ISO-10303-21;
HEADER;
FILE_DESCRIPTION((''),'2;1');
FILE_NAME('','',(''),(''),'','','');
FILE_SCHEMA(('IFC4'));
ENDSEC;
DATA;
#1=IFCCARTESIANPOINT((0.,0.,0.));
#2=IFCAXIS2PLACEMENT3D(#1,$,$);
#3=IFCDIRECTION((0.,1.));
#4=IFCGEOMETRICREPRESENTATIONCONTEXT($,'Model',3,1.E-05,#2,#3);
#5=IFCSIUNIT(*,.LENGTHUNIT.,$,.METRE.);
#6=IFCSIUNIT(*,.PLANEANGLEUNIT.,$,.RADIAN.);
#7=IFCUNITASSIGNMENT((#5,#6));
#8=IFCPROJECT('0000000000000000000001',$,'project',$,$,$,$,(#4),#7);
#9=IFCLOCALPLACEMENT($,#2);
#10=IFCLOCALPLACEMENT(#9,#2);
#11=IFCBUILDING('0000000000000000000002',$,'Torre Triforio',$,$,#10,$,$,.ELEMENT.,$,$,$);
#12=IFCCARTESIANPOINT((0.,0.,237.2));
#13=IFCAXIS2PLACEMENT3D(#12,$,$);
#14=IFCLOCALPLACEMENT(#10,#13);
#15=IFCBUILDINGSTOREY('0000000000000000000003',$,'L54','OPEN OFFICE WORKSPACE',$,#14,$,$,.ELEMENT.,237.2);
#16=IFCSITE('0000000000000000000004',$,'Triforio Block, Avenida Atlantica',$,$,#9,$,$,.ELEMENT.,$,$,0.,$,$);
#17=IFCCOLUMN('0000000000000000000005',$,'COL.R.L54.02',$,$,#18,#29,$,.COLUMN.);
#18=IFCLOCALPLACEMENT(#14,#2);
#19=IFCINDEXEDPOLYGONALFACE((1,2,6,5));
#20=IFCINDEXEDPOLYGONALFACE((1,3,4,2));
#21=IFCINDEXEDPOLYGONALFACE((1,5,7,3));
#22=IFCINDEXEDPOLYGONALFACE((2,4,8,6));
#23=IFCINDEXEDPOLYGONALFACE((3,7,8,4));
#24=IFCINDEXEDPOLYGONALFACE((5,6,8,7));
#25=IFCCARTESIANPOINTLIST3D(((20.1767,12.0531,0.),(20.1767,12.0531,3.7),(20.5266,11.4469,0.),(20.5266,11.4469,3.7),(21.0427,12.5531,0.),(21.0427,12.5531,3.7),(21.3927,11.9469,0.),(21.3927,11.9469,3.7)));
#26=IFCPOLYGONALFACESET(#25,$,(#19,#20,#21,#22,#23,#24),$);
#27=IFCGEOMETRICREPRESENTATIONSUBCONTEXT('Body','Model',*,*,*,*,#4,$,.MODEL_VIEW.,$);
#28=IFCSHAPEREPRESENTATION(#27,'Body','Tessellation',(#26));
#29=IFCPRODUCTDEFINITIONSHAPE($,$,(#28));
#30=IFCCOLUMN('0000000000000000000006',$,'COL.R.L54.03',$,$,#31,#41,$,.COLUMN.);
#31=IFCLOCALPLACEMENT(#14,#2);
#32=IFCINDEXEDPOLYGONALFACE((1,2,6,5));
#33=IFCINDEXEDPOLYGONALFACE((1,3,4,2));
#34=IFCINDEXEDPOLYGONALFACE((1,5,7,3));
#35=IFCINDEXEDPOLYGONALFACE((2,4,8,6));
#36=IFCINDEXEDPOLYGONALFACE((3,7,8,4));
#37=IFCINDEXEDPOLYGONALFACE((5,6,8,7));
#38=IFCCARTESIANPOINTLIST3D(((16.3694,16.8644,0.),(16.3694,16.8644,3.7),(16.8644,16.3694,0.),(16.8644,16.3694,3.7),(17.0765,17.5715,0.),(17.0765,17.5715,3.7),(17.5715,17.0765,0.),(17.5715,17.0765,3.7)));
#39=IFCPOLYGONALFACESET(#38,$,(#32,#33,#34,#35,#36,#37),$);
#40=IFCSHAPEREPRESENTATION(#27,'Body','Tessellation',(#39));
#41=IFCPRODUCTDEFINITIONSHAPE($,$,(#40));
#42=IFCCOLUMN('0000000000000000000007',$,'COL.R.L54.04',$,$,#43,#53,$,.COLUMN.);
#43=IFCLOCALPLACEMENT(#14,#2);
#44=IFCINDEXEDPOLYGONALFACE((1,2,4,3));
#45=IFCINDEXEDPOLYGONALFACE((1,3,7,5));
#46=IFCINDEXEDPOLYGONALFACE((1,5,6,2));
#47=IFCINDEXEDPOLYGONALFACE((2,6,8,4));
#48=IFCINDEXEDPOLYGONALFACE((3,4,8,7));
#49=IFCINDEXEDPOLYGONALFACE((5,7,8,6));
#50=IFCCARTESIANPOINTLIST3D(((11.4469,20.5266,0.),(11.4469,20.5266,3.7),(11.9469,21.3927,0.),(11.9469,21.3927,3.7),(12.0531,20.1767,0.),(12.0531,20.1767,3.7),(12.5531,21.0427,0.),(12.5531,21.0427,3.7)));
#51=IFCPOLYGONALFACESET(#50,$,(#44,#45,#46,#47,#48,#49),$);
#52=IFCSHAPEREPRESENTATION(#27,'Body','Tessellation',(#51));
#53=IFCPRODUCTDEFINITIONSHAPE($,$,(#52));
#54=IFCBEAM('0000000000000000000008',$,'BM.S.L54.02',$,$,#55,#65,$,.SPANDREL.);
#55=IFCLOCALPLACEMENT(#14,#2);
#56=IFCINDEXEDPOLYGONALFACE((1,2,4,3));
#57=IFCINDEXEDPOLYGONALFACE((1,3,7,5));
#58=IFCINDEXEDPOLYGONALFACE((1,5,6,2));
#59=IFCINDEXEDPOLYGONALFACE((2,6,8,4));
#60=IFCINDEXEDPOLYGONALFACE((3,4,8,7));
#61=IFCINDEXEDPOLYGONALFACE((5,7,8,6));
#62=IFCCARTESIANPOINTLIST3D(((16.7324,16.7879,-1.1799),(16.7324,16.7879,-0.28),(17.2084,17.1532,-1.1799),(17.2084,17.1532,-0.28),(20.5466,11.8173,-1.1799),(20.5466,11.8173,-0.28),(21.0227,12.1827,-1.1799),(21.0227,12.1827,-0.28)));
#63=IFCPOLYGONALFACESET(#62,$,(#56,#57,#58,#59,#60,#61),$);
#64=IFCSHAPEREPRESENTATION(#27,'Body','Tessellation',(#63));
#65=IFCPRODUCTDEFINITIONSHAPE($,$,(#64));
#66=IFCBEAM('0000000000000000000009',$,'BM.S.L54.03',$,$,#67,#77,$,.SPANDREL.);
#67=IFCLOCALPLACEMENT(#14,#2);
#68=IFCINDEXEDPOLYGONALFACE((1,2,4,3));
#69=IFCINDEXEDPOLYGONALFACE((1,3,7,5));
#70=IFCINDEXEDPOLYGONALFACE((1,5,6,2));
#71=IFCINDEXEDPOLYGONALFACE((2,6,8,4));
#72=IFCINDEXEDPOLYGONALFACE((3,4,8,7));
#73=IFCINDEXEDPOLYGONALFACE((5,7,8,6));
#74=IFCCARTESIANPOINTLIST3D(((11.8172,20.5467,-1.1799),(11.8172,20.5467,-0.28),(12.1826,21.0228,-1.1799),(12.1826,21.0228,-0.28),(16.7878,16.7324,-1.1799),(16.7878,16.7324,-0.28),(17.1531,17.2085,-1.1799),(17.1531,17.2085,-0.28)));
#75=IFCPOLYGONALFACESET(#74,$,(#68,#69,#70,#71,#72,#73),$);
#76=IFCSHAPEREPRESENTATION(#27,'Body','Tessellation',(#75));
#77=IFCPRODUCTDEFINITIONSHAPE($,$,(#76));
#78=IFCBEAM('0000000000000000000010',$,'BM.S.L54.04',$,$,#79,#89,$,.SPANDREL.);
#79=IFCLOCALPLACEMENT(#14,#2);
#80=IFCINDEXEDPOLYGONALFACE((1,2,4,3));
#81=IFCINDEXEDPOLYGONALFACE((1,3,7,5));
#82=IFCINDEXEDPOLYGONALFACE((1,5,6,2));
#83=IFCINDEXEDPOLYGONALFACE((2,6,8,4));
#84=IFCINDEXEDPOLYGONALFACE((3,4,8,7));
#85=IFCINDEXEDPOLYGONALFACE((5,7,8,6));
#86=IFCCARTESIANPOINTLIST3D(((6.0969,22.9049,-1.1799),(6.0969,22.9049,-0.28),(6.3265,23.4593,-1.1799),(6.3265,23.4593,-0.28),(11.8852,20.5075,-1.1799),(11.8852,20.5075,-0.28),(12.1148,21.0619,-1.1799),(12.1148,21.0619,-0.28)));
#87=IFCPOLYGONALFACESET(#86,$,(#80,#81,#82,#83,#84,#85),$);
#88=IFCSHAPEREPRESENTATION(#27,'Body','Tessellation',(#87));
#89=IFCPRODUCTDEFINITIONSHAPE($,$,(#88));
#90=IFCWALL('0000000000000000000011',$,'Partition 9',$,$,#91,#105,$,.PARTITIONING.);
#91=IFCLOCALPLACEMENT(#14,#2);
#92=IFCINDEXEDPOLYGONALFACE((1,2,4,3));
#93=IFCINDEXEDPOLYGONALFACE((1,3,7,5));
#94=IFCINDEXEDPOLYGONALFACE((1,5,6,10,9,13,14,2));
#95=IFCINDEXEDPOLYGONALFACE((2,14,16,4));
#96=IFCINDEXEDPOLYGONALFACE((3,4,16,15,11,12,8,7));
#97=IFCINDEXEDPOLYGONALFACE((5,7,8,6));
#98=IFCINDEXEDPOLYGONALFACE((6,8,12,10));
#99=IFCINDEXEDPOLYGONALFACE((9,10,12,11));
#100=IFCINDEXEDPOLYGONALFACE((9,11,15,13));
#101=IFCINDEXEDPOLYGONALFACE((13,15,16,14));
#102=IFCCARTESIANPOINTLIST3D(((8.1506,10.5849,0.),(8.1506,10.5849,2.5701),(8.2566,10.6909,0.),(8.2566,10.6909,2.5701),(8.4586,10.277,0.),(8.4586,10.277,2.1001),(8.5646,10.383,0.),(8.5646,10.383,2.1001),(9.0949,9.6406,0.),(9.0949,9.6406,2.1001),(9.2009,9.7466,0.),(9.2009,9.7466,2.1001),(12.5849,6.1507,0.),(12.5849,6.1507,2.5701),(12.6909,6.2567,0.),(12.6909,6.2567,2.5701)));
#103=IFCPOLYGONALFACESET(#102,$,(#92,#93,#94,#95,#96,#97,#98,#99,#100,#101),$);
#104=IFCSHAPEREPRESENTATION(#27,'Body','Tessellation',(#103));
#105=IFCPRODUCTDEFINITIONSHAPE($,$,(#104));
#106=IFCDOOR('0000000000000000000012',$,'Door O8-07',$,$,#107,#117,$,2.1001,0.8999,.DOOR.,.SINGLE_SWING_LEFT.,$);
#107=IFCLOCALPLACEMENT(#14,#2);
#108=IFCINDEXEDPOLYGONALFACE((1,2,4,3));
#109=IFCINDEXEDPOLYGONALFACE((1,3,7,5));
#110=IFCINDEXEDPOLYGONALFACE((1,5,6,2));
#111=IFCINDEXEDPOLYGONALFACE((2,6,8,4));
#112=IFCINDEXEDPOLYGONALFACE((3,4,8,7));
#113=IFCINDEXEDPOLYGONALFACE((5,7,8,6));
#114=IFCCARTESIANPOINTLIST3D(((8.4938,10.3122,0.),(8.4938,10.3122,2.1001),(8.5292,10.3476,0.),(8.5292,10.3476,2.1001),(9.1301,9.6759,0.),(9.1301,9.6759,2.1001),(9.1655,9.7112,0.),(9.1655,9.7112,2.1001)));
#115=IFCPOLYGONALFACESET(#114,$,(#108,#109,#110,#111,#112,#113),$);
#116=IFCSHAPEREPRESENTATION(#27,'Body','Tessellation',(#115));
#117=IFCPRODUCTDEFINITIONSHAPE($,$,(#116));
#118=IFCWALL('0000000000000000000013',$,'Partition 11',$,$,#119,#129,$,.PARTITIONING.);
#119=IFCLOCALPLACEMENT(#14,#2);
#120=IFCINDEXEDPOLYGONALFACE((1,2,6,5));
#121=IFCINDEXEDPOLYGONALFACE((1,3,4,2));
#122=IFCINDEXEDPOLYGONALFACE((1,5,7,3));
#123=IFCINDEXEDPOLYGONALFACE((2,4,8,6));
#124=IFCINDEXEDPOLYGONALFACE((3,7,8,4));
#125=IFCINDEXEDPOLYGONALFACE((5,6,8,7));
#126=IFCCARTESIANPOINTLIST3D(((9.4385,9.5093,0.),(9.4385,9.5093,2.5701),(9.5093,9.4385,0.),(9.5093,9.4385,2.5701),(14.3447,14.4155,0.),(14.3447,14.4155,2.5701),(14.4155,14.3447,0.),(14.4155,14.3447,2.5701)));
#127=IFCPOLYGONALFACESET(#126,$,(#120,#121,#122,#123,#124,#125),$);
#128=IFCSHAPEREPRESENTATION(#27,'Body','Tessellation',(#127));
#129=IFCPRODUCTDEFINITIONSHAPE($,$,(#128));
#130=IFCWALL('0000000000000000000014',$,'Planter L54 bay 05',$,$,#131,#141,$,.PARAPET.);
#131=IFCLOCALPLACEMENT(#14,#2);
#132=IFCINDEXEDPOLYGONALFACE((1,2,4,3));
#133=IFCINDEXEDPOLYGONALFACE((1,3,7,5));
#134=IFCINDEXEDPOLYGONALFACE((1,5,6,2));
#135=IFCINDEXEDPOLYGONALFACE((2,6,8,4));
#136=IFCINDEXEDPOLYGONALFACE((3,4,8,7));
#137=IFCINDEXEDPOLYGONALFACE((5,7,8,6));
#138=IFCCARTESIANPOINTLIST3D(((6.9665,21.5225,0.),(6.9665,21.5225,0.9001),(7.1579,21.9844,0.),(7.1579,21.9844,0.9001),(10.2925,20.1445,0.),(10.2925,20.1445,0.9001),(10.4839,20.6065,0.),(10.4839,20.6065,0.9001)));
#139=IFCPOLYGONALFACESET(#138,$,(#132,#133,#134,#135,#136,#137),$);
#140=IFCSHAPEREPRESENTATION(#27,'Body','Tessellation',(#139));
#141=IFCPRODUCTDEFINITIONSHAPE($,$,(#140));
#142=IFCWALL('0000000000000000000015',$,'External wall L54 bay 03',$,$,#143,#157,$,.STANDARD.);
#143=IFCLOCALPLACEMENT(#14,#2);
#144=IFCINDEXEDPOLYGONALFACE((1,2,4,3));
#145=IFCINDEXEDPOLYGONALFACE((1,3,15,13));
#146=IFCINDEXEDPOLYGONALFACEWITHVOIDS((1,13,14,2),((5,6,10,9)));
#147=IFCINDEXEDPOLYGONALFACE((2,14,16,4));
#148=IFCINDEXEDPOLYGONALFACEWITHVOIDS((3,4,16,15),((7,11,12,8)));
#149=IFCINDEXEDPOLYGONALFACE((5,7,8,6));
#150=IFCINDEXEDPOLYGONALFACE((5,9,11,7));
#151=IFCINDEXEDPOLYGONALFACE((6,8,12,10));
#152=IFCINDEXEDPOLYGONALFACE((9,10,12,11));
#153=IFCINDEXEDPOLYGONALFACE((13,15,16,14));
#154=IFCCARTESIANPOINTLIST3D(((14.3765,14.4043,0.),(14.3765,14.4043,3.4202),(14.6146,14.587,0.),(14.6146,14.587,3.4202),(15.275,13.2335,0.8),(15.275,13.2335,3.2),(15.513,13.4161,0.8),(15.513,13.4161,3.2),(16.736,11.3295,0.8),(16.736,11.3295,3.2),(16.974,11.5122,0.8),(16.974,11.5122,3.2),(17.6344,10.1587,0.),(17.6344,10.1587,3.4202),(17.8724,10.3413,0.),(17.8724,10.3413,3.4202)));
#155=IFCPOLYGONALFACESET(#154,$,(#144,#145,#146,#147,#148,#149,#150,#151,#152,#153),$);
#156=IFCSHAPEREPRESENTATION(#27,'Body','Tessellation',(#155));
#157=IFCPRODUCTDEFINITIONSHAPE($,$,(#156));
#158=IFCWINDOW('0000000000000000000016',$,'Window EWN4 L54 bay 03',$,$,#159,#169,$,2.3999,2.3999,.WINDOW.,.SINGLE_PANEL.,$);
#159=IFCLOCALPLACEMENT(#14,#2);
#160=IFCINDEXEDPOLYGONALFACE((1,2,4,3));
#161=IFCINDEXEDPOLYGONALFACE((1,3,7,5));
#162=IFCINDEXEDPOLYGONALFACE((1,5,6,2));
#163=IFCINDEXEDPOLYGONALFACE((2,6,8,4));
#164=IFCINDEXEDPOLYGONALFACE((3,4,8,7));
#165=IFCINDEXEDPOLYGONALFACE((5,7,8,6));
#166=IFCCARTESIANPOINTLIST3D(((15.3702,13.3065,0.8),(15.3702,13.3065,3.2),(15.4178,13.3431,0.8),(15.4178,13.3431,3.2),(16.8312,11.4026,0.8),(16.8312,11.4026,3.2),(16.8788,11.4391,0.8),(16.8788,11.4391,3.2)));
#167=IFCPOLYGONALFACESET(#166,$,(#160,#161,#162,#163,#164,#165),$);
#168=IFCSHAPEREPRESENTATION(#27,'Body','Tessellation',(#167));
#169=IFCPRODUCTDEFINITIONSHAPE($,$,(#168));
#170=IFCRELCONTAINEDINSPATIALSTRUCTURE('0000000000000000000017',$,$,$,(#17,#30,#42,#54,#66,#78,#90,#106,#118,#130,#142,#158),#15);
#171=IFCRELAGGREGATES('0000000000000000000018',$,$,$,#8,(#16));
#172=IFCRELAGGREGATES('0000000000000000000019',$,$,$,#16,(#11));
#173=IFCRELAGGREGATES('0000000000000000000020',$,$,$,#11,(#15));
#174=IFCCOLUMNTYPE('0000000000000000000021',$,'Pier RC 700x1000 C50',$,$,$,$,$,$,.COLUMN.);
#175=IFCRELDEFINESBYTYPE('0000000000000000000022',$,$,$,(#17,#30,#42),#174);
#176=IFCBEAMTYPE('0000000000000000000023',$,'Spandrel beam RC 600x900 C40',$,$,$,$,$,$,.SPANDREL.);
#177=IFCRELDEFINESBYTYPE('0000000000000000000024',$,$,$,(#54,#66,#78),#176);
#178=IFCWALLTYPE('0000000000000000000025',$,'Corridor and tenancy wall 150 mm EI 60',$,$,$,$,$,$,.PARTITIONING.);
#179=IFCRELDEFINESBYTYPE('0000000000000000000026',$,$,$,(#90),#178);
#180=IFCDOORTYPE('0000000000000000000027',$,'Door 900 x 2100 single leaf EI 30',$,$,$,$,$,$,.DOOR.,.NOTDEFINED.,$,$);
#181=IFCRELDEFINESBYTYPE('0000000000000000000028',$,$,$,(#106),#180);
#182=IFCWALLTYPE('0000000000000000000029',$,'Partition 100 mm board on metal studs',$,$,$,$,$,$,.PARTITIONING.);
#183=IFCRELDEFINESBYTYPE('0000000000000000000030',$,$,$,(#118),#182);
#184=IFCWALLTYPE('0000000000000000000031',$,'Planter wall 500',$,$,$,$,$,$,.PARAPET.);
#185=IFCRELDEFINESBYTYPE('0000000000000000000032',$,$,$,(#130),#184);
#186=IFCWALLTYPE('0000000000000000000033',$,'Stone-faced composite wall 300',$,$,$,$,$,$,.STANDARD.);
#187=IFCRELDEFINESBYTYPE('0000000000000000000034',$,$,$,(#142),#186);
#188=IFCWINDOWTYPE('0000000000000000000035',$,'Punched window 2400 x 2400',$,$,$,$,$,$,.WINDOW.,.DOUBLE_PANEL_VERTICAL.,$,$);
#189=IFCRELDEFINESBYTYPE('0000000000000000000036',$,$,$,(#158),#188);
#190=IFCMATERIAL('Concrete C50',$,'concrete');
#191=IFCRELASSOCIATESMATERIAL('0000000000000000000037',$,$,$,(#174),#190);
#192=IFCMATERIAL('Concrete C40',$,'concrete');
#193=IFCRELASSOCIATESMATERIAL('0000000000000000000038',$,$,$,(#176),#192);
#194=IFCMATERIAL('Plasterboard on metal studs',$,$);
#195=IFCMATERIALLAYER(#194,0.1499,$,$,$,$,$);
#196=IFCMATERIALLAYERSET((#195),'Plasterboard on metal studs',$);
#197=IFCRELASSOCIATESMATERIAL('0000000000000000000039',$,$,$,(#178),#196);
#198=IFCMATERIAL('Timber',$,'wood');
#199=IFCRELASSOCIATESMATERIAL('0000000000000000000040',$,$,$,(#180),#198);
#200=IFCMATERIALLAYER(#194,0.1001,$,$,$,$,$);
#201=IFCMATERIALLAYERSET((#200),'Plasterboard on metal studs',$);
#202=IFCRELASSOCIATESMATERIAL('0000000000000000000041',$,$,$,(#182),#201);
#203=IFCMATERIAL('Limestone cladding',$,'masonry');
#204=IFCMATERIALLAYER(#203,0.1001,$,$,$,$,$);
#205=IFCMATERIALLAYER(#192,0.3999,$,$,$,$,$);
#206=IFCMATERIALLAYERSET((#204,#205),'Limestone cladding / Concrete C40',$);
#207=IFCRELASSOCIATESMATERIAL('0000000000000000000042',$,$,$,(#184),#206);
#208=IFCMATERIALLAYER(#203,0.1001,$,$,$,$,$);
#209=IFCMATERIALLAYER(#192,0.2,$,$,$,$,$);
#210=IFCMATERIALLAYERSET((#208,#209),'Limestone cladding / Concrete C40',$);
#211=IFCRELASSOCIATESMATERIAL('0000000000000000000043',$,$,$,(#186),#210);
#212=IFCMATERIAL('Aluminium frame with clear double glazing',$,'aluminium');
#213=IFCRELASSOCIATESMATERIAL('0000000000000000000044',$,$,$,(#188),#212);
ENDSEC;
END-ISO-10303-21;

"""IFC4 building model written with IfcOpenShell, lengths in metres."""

from ifc_helpers import new_model, si_unit, direction, frame, frame_2d, origin, origin_2d, place, context, subcontext, project, spatial, rectangle, extrude, material, layer, layer_set, material_profile, profile_set, type_object, element, fill, save


model = new_model("IFC4")

# Units and contexts
model_context = context("Model", 3, precision=1e-05, world=origin(), true_north=direction((0.0, 1.0)))
body_context = subcontext(model_context, "Body", "Model", "MODEL_VIEW")
ifc_project = project(units=[si_unit("LENGTHUNIT", "METRE"), si_unit("PLANEANGLEUNIT", "RADIAN")], contexts=[model_context])

# Site, building, storey
site_placement = place(None, origin())
site = spatial("IfcSite", under=ifc_project, at=site_placement, Name="Triforio Block, Avenida Atlantica", CompositionType="ELEMENT", RefElevation=0.0)
building_placement = place(site_placement, origin())
building = spatial("IfcBuilding", under=site, at=building_placement, Name="Torre Triforio", CompositionType="ELEMENT")
storey_placement = place(building_placement, frame((0.0, 0.0, 237.2)))
storey = spatial("IfcBuildingStorey", under=building, at=storey_placement, Name="L54", Description="OPEN OFFICE WORKSPACE", CompositionType="ELEMENT", Elevation=237.2)

# Columns
ifc_material_1 = material(Name="Concrete C50", Category="concrete")
ifc_material_profile_1 = material_profile(ifc_material_1, rectangle(XDim=0.7, YDim=1.0, at=origin_2d()), Name="RC 700x1000")
ifc_profile_set_1 = profile_set([ifc_material_profile_1], Name="Concrete C50")
column_type = type_object("IfcColumnType", Name="Pier RC 700x1000 C50", PredefinedType="COLUMN", material=ifc_profile_set_1)
for number, where, z_axis, x_axis, name in (
    (1, (20.7847, 12.0, 0.0), (0.0, 0.0, 1.0), (-0.5, 0.866025, 0.0), "COL.R.L54.02"),
    (2, (16.9705, 16.9705, 0.0), (0.0, 0.0, 1.0), (-0.707107, 0.707107, 0.0), "COL.R.L54.03"),
    (3, (12.0, 20.7847, 0.0), (0.0, 0.0, 1.0), (-0.866025, 0.5, 0.0), "COL.R.L54.04"),
):
    element("IfcColumn", number, at=place(storey_placement, frame(where, z_axis=z_axis, x_axis=x_axis)), inside=storey, type_object=column_type, Name=name, PredefinedType="COLUMN", context=body_context, shape_type="SweptSolid", body=[
        extrude(rectangle(XDim=0.7, YDim=1.0, at=origin_2d()), origin(), (0.0, 0.0, 1.0), 3.7),
    ])

# Beams
ifc_material_2 = material(Name="Concrete C40", Category="concrete")
ifc_material_profile_2 = material_profile(ifc_material_2, rectangle(XDim=0.6001, YDim=0.8999, at=origin_2d()), Name="RC 600x900")
ifc_profile_set_2 = profile_set([ifc_material_profile_2], Name="Concrete C40")
beam_type = type_object("IfcBeamType", Name="Spandrel beam RC 600x900 C40", PredefinedType="SPANDREL", material=ifc_profile_set_2)
for number, where, z_axis, x_axis, name in (
    (4, (20.7847, 12.0, -0.73), (-0.608786, 0.793335, 0.0), (-0.793335, -0.608786, 0.0), "BM.S.L54.02"),
    (5, (16.9705, 16.9705, -0.73), (-0.793335, 0.608786, 0.0), (-0.608786, -0.793335, 0.0), "BM.S.L54.03"),
):
    element("IfcBeam", number, at=place(storey_placement, frame(where, z_axis=z_axis, x_axis=x_axis)), inside=storey, type_object=beam_type, Name=name, PredefinedType="SPANDREL", context=body_context, shape_type="SweptSolid", body=[
        extrude(rectangle(XDim=0.6001, YDim=0.8999, at=origin_2d()), origin(), (0.0, 0.0, 1.0), 6.2654),
    ])
beam_placement = place(storey_placement, frame((12.0, 20.7847, -0.73), z_axis=(-0.923888, 0.382664, 0.0), x_axis=(-0.382664, -0.923888, 0.0)))
element("IfcBeam", 6, at=beam_placement, inside=storey, type_object=beam_type, Name="BM.S.L54.04", PredefinedType="SPANDREL", context=body_context, shape_type="SweptSolid", body=[
    extrude(rectangle(XDim=0.6001, YDim=0.8999, at=origin_2d()), origin(), (0.0, 0.0, 1.0), 6.2651),
])

# Wall, opening, door
ifc_material_3 = material(Name="Plasterboard on metal studs")
ifc_layer_1 = layer(ifc_material_3, 0.1499)
ifc_layer_set_1 = layer_set([ifc_layer_1], Name="Plasterboard on metal studs")
wall_type_1 = type_object("IfcWallType", Name="Corridor and tenancy wall 150 mm EI 60", PredefinedType="PARTITIONING", material=ifc_layer_set_1)
wall_1_placement = place(storey_placement, frame((8.2036, 10.6379, 0.0), z_axis=(0.0, 0.0, 1.0), x_axis=(0.707107, -0.707107, 0.0)))
wall_1 = element("IfcWall", 7, at=wall_1_placement, inside=storey, type_object=wall_type_1, Name="Partition 9", PredefinedType="PARTITIONING", context=body_context, shape_type="SweptSolid", body=[
    extrude(rectangle(XDim=6.271, YDim=0.1499, at=frame_2d((3.1355, 0.0))), origin(), (0.0, 0.0, 1.0), 2.5701),
])
opening_1_placement = place(wall_1_placement, frame((0.4355, 0.0, 0.0)))
opening_1 = element("IfcOpeningElement", 8, at=opening_1_placement, cuts=wall_1, PredefinedType="OPENING", context=body_context, shape_type="SweptSolid", body=[
    extrude(rectangle(XDim=0.8999, YDim=2.1001, at=frame_2d((0.45, 1.05))), frame((0.0, 0.085, 0.0), z_axis=(0.0, -1.0, 0.0), x_axis=(1.0, 0.0, 0.0)), (0.0, 0.0, 1.0), 0.1699),
])
ifc_material_4 = material(Name="Timber", Category="wood")
door_type_1 = type_object("IfcDoorType", Name="Door 900 x 2100 single leaf EI 30", OperationType="NOTDEFINED", PredefinedType="DOOR", material=ifc_material_4)
door_1_placement = place(opening_1_placement, origin())
door_1 = element("IfcDoor", 9, at=door_1_placement, inside=storey, type_object=door_type_1, Name="Door O8-07", OperationType="SINGLE_SWING_LEFT", OverallHeight=2.1001, OverallWidth=0.8999, PredefinedType="DOOR", context=body_context, shape_type="SweptSolid", body=[
    extrude(rectangle(XDim=0.8999, YDim=2.1001, at=frame_2d((0.45, 1.05))), frame((0.0, 0.0249, 0.0), z_axis=(0.0, -1.0, 0.0), x_axis=(1.0, 0.0, 0.0)), (0.0, 0.0, 1.0), 0.05),
])
fill(opening_1, door_1)

# Walls
ifc_layer_2 = layer(ifc_material_3, 0.1001)
ifc_layer_set_2 = layer_set([ifc_layer_2], Name="Plasterboard on metal studs")
wall_type_2 = type_object("IfcWallType", Name="Partition 100 mm board on metal studs", PredefinedType="PARTITIONING", material=ifc_layer_set_2)
wall_2_placement = place(storey_placement, frame((9.4739, 9.4739, 0.0), z_axis=(0.0, 0.0, 1.0), x_axis=(0.707107, 0.707107, 0.0)))
element("IfcWall", 10, at=wall_2_placement, inside=storey, type_object=wall_type_2, Name="Partition 11", PredefinedType="PARTITIONING", context=body_context, shape_type="SweptSolid", body=[
    extrude(rectangle(XDim=6.9385, YDim=0.1001, at=frame_2d((3.4692, 0.0))), origin(), (0.0, 0.0, 1.0), 2.5701),
])
ifc_material_5 = material(Name="Limestone cladding", Category="masonry")
ifc_layer_3 = layer(ifc_material_5, 0.1001)
ifc_layer_4 = layer(ifc_material_2, 0.3999)
ifc_layer_set_3 = layer_set([ifc_layer_3, ifc_layer_4], Name="Limestone cladding / Concrete C40")
wall_type_3 = type_object("IfcWallType", Name="Planter wall 500", PredefinedType="PARAPET", material=ifc_layer_set_3)
wall_3_placement = place(storey_placement, frame((10.3882, 20.3755, 0.0), z_axis=(0.0, 0.0, 1.0), x_axis=(-0.923852, 0.382751, 0.0)))
element("IfcWall", 11, at=wall_3_placement, inside=storey, type_object=wall_type_3, Name="Planter L54 bay 05", PredefinedType="PARAPET", context=body_context, shape_type="SweptSolid", body=[
    extrude(rectangle(XDim=3.6001, YDim=0.5, at=frame_2d((1.8, 0.0))), origin(), (0.0, 0.0, 1.0), 0.9001),
])

# Wall, opening, window
ifc_layer_5 = layer(ifc_material_5, 0.1001)
ifc_layer_6 = layer(ifc_material_2, 0.2)
ifc_layer_set_4 = layer_set([ifc_layer_5, ifc_layer_6], Name="Limestone cladding / Concrete C40")
wall_type_4 = type_object("IfcWallType", Name="Stone-faced composite wall 300", PredefinedType="STANDARD", material=ifc_layer_set_4)
wall_4_placement = place(storey_placement, frame((17.7534, 10.25, 0.0), z_axis=(0.0, 0.0, 1.0), x_axis=(-0.608767, 0.793349, 0.0)))
wall_4 = element("IfcWall", 12, at=wall_4_placement, inside=storey, type_object=wall_type_4, Name="External wall L54 bay 03", PredefinedType="STANDARD", context=body_context, shape_type="SweptSolid", body=[
    extrude(rectangle(XDim=5.3516, YDim=0.3, at=frame_2d((2.6758, 0.0))), origin(), (0.0, 0.0, 1.0), 3.4202),
])
opening_2_placement = place(wall_4_placement, frame((1.4758, 0.0, 0.8)))
opening_2 = element("IfcOpeningElement", 13, at=opening_2_placement, cuts=wall_4, PredefinedType="OPENING", context=body_context, shape_type="SweptSolid", body=[
    extrude(rectangle(XDim=2.3999, YDim=2.3999, at=frame_2d((1.2, 1.2))), frame((0.0, 0.1599, 0.0), z_axis=(0.0, -1.0, 0.0), x_axis=(1.0, 0.0, 0.0)), (0.0, 0.0, 1.0), 0.3201),
])
ifc_material_6 = material(Name="Aluminium frame with clear double glazing", Category="aluminium")
window_type_1 = type_object("IfcWindowType", Name="Punched window 2400 x 2400", PartitioningType="DOUBLE_PANEL_VERTICAL", PredefinedType="WINDOW", material=ifc_material_6)
window_1_placement = place(opening_2_placement, origin())
window_1 = element("IfcWindow", 14, at=window_1_placement, inside=storey, type_object=window_type_1, Name="Window EWN4 L54 bay 03", OverallHeight=2.3999, OverallWidth=2.3999, PartitioningType="SINGLE_PANEL", PredefinedType="WINDOW", context=body_context, shape_type="SweptSolid", body=[
    extrude(rectangle(XDim=2.3999, YDim=2.3999, at=frame_2d((1.2, 1.2))), frame((0.0, 0.03, 0.0), z_axis=(0.0, -1.0, 0.0), x_axis=(1.0, 0.0, 0.0)), (0.0, 0.0, 1.0), 0.0601),
])
fill(opening_2, window_1)

save(model, "model.ifc")
